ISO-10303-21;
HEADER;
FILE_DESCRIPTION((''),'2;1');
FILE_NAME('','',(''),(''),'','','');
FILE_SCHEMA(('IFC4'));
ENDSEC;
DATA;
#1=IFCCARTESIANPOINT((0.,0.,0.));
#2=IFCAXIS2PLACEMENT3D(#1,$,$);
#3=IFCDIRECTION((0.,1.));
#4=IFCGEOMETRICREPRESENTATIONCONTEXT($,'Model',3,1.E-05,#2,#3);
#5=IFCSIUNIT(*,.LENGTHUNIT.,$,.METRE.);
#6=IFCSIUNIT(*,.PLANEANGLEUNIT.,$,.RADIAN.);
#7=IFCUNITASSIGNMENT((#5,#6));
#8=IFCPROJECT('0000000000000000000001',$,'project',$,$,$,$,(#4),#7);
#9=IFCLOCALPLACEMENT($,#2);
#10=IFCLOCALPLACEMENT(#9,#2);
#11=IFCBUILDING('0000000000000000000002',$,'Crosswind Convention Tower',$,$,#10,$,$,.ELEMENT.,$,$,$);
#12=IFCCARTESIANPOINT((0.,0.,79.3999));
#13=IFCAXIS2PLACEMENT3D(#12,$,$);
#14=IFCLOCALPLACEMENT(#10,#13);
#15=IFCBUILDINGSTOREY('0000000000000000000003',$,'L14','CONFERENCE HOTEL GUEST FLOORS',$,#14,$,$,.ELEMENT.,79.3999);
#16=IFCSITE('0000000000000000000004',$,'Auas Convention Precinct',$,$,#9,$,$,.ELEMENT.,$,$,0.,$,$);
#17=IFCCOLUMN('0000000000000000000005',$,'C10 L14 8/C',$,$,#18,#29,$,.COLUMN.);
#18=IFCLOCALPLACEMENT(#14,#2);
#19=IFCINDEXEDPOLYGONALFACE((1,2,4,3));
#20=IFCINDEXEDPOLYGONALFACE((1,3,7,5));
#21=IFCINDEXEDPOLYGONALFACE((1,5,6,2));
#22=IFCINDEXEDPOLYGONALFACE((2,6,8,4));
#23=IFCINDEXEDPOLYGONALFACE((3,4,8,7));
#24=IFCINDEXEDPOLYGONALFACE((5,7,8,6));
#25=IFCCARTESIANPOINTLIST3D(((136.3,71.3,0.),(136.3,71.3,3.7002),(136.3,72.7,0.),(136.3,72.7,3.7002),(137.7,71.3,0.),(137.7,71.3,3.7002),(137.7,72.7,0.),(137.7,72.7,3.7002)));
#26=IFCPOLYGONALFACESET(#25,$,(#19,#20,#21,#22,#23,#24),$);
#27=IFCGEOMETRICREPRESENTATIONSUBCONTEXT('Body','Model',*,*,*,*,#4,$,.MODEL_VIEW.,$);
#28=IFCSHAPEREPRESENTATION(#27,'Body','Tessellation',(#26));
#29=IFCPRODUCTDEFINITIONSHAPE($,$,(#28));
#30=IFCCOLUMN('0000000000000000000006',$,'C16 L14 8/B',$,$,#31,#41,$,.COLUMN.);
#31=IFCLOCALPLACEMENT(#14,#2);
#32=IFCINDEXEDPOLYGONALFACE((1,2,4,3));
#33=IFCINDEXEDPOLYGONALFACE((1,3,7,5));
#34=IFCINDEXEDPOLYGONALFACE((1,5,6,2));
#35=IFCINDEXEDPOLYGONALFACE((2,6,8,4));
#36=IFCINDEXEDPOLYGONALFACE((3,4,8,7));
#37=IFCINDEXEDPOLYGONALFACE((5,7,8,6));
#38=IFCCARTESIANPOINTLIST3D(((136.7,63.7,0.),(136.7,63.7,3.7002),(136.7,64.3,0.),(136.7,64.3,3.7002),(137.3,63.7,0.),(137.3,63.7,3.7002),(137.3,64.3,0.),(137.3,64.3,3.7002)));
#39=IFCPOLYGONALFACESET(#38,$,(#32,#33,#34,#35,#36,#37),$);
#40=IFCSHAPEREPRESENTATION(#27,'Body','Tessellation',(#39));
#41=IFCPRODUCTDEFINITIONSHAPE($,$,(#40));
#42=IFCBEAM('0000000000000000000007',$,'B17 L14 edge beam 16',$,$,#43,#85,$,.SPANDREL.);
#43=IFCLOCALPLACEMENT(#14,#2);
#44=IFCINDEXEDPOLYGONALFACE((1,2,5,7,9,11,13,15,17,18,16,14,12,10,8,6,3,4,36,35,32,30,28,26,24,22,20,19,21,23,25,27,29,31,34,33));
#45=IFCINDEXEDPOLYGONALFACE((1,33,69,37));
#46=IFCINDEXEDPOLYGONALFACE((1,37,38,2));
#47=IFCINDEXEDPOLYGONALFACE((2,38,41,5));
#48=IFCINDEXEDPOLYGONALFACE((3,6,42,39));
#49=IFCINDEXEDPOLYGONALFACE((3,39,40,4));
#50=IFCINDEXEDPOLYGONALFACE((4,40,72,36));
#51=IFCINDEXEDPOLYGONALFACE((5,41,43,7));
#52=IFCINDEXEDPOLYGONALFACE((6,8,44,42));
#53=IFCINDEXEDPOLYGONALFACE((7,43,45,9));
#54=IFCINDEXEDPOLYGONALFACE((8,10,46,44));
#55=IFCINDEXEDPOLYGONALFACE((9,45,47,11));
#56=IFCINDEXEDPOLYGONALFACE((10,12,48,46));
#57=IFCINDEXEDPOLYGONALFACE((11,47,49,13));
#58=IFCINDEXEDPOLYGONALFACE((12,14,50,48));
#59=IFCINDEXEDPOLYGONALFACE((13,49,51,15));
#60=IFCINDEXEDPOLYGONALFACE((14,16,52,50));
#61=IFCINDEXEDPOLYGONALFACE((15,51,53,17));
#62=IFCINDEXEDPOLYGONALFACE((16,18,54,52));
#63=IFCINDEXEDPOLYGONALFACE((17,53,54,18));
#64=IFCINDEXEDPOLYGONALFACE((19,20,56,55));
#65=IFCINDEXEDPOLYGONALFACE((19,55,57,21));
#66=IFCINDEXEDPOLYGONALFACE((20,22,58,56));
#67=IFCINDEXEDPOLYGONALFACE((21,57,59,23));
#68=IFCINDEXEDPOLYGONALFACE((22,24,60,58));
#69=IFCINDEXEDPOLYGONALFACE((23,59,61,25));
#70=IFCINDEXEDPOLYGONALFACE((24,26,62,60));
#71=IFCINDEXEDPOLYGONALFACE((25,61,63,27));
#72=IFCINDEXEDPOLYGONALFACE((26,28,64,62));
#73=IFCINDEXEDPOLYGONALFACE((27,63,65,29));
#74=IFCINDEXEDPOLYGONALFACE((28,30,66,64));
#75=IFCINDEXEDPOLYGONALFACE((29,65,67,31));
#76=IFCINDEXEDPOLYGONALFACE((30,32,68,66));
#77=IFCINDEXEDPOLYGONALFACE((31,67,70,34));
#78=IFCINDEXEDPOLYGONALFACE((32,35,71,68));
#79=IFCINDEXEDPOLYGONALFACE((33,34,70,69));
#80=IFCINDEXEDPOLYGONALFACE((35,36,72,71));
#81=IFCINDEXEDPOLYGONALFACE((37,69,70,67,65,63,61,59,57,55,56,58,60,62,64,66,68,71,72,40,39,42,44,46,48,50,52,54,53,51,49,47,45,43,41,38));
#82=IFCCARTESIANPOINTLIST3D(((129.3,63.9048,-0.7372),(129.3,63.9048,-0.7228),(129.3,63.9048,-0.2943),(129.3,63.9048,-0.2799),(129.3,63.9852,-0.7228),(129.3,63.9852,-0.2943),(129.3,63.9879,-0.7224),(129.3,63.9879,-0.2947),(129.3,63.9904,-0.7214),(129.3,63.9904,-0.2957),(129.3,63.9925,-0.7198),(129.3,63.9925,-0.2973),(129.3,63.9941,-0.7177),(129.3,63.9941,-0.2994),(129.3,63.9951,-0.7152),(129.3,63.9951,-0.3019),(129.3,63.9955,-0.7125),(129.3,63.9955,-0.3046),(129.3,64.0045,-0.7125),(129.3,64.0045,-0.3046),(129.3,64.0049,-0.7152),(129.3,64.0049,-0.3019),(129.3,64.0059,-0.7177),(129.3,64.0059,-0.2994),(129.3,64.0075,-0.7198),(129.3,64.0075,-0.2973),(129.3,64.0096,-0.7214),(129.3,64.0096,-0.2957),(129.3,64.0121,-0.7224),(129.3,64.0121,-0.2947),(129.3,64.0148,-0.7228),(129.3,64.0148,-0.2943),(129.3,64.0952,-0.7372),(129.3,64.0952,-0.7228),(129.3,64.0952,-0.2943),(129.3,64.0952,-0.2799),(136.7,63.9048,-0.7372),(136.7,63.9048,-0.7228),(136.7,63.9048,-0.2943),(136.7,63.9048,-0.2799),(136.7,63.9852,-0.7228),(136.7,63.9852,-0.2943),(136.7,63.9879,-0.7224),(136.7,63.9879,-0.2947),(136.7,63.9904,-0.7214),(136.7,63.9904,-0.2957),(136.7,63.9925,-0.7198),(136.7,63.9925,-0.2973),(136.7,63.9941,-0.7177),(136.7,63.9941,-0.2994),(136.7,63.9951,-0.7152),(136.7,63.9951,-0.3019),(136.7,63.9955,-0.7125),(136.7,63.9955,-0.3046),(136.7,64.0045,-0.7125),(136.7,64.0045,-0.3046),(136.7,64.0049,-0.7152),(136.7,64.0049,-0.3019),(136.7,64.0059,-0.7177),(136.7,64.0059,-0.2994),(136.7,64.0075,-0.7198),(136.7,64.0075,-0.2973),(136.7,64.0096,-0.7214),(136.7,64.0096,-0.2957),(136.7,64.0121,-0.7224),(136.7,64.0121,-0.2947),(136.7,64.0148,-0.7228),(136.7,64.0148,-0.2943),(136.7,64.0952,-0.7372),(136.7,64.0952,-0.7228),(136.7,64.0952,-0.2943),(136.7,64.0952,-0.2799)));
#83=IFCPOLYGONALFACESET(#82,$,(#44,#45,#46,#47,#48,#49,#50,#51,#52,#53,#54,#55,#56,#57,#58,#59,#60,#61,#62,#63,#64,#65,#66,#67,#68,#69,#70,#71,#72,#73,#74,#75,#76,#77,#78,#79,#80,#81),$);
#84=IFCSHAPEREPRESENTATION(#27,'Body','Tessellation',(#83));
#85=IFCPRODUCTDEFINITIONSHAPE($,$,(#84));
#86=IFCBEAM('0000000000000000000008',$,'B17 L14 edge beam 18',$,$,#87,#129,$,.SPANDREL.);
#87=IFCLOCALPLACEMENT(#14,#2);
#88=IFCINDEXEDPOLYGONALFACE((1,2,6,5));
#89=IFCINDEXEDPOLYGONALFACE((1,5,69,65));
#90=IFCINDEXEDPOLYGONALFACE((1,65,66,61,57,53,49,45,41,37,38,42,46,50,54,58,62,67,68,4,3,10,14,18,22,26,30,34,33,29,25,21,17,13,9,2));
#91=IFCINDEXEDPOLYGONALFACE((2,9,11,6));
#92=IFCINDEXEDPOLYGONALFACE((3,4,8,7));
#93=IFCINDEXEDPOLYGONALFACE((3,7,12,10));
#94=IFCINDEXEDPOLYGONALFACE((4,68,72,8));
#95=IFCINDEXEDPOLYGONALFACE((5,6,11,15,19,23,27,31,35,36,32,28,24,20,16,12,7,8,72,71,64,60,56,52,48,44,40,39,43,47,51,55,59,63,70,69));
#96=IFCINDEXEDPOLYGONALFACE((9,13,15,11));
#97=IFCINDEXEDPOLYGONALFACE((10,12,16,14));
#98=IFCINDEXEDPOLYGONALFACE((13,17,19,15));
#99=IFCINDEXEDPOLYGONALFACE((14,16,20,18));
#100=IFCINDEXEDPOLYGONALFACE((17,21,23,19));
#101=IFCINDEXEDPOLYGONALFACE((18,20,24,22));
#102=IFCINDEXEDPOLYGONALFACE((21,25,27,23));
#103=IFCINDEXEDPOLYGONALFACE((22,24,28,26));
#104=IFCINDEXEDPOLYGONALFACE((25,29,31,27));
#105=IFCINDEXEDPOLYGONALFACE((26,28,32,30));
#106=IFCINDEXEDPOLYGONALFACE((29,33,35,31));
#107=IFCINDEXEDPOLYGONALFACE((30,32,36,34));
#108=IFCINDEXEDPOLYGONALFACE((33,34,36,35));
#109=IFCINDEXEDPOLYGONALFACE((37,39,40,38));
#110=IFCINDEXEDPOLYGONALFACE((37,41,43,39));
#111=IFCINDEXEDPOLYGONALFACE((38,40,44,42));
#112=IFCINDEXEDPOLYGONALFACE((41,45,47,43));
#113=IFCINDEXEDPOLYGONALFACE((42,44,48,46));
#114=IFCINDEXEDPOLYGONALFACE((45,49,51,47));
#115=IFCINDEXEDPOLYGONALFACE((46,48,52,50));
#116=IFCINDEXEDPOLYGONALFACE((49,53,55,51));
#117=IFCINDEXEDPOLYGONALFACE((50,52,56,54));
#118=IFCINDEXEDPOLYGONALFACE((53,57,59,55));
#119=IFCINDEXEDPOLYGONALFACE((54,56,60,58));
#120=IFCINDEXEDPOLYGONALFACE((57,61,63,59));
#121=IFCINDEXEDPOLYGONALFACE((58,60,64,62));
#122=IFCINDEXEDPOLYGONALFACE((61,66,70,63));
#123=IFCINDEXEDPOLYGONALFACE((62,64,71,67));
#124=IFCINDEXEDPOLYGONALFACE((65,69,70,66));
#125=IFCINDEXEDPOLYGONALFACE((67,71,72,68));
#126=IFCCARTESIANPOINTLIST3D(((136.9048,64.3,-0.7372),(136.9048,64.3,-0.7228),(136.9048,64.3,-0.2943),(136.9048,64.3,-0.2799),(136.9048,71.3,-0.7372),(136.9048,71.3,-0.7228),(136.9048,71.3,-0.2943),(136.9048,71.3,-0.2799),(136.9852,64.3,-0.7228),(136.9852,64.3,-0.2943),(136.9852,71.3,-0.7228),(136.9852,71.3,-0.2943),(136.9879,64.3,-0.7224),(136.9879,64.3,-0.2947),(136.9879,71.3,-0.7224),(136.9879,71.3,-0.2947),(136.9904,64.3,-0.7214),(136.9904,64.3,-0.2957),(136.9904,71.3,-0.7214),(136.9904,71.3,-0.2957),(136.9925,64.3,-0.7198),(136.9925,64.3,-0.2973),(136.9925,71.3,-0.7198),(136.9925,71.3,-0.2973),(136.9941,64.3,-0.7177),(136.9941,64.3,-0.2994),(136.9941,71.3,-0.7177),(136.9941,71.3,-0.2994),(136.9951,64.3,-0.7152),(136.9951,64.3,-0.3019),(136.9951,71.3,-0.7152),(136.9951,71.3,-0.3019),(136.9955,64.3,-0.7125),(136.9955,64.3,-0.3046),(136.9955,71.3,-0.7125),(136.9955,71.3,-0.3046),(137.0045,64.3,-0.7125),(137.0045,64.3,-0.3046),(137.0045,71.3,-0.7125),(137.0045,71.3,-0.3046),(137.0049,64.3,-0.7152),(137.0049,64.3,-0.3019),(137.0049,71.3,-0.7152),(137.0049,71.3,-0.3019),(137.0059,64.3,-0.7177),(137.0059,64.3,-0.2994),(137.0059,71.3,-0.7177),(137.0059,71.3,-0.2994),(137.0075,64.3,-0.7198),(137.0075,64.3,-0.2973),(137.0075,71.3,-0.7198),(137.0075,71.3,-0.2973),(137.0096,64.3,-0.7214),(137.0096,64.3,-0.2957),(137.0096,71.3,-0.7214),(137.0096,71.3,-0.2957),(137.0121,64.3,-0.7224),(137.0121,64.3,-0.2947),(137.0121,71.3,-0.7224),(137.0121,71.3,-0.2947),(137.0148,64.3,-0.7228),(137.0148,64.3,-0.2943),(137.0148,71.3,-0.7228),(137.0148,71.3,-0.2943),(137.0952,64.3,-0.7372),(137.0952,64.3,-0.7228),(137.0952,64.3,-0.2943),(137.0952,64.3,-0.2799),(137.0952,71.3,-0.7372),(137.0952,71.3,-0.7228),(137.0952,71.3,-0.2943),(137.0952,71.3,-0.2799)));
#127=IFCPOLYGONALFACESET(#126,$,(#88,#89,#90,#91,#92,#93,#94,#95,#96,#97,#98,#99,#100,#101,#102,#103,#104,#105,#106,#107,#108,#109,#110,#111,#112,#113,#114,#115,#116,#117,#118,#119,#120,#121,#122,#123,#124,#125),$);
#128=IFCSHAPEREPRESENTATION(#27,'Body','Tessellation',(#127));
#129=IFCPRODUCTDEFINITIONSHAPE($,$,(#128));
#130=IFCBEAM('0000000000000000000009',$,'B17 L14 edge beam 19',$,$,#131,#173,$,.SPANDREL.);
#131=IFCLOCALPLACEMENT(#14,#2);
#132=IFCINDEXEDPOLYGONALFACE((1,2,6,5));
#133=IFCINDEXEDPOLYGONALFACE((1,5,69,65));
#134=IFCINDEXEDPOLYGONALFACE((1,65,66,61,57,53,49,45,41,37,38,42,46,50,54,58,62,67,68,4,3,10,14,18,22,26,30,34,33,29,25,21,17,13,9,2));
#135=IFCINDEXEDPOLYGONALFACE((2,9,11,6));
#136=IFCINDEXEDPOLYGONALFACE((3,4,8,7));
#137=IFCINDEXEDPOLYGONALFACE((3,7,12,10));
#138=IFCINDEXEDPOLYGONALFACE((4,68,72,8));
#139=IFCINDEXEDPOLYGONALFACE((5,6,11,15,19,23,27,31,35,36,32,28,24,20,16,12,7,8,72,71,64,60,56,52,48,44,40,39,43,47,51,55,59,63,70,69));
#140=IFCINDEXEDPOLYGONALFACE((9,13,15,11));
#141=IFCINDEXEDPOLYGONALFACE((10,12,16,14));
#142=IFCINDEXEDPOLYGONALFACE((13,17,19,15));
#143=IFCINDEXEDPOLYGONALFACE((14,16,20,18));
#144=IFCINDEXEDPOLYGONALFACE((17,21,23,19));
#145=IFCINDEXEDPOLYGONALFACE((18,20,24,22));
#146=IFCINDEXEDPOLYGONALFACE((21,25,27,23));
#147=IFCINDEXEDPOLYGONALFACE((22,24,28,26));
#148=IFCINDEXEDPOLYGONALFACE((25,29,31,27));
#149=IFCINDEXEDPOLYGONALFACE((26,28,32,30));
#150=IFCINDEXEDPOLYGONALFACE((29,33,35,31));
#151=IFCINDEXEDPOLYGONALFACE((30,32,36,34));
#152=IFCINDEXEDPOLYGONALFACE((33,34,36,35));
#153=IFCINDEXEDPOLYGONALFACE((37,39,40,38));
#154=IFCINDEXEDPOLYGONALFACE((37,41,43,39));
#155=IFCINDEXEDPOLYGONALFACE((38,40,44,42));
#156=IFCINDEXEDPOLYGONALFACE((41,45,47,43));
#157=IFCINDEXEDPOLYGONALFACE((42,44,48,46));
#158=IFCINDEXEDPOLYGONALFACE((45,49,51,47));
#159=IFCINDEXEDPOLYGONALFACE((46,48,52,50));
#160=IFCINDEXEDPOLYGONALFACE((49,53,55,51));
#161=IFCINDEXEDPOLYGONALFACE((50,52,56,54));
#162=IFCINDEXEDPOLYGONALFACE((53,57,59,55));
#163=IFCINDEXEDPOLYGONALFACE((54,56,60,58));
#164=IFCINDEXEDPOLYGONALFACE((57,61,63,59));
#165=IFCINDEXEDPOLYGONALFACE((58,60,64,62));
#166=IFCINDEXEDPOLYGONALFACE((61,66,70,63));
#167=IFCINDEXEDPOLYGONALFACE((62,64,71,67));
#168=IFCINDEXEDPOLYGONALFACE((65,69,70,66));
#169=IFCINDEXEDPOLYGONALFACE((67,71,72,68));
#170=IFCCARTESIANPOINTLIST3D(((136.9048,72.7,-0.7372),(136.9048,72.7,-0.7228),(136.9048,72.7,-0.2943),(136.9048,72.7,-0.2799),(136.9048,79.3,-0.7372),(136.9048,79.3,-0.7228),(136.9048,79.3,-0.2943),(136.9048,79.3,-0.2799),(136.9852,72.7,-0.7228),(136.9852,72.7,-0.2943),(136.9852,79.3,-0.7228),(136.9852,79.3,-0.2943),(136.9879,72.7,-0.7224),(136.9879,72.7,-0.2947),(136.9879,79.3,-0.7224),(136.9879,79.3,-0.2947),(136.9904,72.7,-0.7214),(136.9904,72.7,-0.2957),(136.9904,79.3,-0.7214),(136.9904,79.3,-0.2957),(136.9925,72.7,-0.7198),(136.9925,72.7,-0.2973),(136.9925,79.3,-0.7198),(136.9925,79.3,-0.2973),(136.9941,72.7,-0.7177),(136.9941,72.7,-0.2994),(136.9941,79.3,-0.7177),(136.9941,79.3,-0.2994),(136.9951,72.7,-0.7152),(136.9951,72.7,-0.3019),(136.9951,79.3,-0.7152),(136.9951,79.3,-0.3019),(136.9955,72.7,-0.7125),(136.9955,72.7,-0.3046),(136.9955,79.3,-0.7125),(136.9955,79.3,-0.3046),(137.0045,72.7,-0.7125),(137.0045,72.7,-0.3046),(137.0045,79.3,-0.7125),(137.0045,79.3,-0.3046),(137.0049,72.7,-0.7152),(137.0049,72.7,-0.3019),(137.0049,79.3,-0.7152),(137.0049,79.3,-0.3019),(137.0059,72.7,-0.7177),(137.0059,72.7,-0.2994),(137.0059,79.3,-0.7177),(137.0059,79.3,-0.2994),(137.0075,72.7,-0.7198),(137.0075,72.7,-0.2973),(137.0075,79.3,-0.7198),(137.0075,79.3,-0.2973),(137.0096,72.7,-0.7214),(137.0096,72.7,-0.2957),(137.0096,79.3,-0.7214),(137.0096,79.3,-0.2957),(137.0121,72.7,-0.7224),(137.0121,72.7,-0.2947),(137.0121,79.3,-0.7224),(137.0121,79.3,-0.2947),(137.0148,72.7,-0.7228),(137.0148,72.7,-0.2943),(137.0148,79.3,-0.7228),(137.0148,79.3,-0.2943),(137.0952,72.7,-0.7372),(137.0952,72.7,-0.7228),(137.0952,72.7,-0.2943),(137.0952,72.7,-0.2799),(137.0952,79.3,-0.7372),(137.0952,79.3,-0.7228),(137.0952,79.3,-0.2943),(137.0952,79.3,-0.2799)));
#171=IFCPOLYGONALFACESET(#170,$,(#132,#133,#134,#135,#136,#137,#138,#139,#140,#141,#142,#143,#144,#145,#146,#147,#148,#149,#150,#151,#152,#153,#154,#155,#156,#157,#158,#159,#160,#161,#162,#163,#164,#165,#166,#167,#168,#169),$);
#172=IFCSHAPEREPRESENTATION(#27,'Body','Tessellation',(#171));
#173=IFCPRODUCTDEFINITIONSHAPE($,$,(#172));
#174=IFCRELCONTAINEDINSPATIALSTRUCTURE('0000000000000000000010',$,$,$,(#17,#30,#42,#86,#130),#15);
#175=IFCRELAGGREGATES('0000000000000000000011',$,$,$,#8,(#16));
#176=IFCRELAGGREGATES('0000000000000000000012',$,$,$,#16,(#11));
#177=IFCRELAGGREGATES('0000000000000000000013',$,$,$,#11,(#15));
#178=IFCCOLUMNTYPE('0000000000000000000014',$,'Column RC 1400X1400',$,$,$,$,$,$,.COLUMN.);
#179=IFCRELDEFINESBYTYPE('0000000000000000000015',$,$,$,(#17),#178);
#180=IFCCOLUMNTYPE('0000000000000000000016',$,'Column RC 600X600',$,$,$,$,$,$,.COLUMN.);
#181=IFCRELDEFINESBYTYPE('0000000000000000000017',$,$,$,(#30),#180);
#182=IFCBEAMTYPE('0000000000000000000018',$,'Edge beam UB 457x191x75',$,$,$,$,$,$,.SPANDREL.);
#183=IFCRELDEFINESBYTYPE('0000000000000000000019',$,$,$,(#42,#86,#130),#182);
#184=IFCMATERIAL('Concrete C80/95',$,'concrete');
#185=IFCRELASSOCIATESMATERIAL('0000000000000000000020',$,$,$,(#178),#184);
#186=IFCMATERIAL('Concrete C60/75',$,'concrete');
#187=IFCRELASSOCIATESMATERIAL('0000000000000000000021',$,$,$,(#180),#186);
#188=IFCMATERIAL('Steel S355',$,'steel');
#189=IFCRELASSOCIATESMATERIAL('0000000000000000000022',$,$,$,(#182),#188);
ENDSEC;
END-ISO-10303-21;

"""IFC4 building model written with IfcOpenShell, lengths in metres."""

from ifc_helpers import new_model, si_unit, direction, frame, origin, origin_2d, place, context, subcontext, project, spatial, rectangle, i_section, extrude, material, material_profile, profile_set, type_object, element, save


model = new_model("IFC4")

# Units and contexts
model_context = context("Model", 3, precision=1e-05, world=origin(), true_north=direction((0.0, 1.0)))
body_context = subcontext(model_context, "Body", "Model", "MODEL_VIEW")
ifc_project = project(units=[si_unit("LENGTHUNIT", "METRE"), si_unit("PLANEANGLEUNIT", "RADIAN")], contexts=[model_context])

# Site, building, storey
site_placement = place(None, origin())
site = spatial("IfcSite", under=ifc_project, at=site_placement, Name="Auas Convention Precinct", CompositionType="ELEMENT", RefElevation=0.0)
building_placement = place(site_placement, origin())
building = spatial("IfcBuilding", under=site, at=building_placement, Name="Crosswind Convention Tower", CompositionType="ELEMENT")
storey_placement = place(building_placement, frame((0.0, 0.0, 79.3999)))
storey = spatial("IfcBuildingStorey", under=building, at=storey_placement, Name="L14", Description="CONFERENCE HOTEL GUEST FLOORS", CompositionType="ELEMENT", Elevation=79.3999)

# Columns
ifc_material_1 = material(Name="Concrete C80/95", Category="concrete")
ifc_material_profile_1 = material_profile(ifc_material_1, rectangle(XDim=1.3999, YDim=1.3999, at=origin_2d()), Name="RC 1400X1400")
ifc_profile_set_1 = profile_set([ifc_material_profile_1], Name="Concrete C80/95")
column_type_1 = type_object("IfcColumnType", Name="Column RC 1400X1400", PredefinedType="COLUMN", material=ifc_profile_set_1)
column_1_placement = place(storey_placement, frame((137.0, 72.0, 0.0), z_axis=(0.0, 0.0, 1.0), x_axis=(1.0, 0.0, 0.0)))
element("IfcColumn", 1, at=column_1_placement, inside=storey, type_object=column_type_1, Name="C10 L14 8/C", PredefinedType="COLUMN", context=body_context, shape_type="SweptSolid", body=[
    extrude(rectangle(XDim=1.3999, YDim=1.3999, at=origin_2d()), origin(), (0.0, 0.0, 1.0), 3.7002),
])
ifc_material_2 = material(Name="Concrete C60/75", Category="concrete")
ifc_material_profile_2 = material_profile(ifc_material_2, rectangle(XDim=0.6001, YDim=0.6001, at=origin_2d()), Name="RC 600X600")
ifc_profile_set_2 = profile_set([ifc_material_profile_2], Name="Concrete C60/75")
column_type_2 = type_object("IfcColumnType", Name="Column RC 600X600", PredefinedType="COLUMN", material=ifc_profile_set_2)
column_2_placement = place(storey_placement, frame((137.0, 64.0, 0.0), z_axis=(0.0, 0.0, 1.0), x_axis=(1.0, 0.0, 0.0)))
element("IfcColumn", 2, at=column_2_placement, inside=storey, type_object=column_type_2, Name="C16 L14 8/B", PredefinedType="COLUMN", context=body_context, shape_type="SweptSolid", body=[
    extrude(rectangle(XDim=0.6001, YDim=0.6001, at=origin_2d()), origin(), (0.0, 0.0, 1.0), 3.7002),
])

# Beams
ifc_material_3 = material(Name="Steel S355", Category="steel")
ifc_material_profile_3 = material_profile(ifc_material_3, i_section(OverallWidth=0.1904, OverallDepth=0.4573, WebThickness=0.009, FlangeThickness=0.0144, FilletRadius=0.0103, at=origin_2d()), Name="UB 457x191x75")
ifc_profile_set_3 = profile_set([ifc_material_profile_3], Name="Steel S355")
beam_type_1 = type_object("IfcBeamType", Name="Edge beam UB 457x191x75", PredefinedType="SPANDREL", material=ifc_profile_set_3)
beam_1_placement = place(storey_placement, frame((129.3, 64.0, -0.5085), z_axis=(1.0, 0.0, 0.0), x_axis=(0.0, 1.0, 0.0)))
element("IfcBeam", 3, at=beam_1_placement, inside=storey, type_object=beam_type_1, Name="B17 L14 edge beam 16", PredefinedType="SPANDREL", context=body_context, shape_type="SweptSolid", body=[
    extrude(i_section(OverallWidth=0.1904, OverallDepth=0.4573, WebThickness=0.009, FlangeThickness=0.0144, FilletRadius=0.0103, at=origin_2d()), origin(), (0.0, 0.0, 1.0), 7.3999),
])
beam_2_placement = place(storey_placement, frame((137.0, 64.3, -0.5085), z_axis=(0.0, 1.0, 0.0), x_axis=(-1.0, 0.0, 0.0)))
element("IfcBeam", 4, at=beam_2_placement, inside=storey, type_object=beam_type_1, Name="B17 L14 edge beam 18", PredefinedType="SPANDREL", context=body_context, shape_type="SweptSolid", body=[
    extrude(i_section(OverallWidth=0.1904, OverallDepth=0.4573, WebThickness=0.009, FlangeThickness=0.0144, FilletRadius=0.0103, at=origin_2d()), origin(), (0.0, 0.0, 1.0), 7.0),
])
beam_3_placement = place(storey_placement, frame((137.0, 72.7, -0.5085), z_axis=(0.0, 1.0, 0.0), x_axis=(-1.0, 0.0, 0.0)))
element("IfcBeam", 5, at=beam_3_placement, inside=storey, type_object=beam_type_1, Name="B17 L14 edge beam 19", PredefinedType="SPANDREL", context=body_context, shape_type="SweptSolid", body=[
    extrude(i_section(OverallWidth=0.1904, OverallDepth=0.4573, WebThickness=0.009, FlangeThickness=0.0144, FilletRadius=0.0103, at=origin_2d()), origin(), (0.0, 0.0, 1.0), 6.6001),
])

save(model, "model.ifc")
